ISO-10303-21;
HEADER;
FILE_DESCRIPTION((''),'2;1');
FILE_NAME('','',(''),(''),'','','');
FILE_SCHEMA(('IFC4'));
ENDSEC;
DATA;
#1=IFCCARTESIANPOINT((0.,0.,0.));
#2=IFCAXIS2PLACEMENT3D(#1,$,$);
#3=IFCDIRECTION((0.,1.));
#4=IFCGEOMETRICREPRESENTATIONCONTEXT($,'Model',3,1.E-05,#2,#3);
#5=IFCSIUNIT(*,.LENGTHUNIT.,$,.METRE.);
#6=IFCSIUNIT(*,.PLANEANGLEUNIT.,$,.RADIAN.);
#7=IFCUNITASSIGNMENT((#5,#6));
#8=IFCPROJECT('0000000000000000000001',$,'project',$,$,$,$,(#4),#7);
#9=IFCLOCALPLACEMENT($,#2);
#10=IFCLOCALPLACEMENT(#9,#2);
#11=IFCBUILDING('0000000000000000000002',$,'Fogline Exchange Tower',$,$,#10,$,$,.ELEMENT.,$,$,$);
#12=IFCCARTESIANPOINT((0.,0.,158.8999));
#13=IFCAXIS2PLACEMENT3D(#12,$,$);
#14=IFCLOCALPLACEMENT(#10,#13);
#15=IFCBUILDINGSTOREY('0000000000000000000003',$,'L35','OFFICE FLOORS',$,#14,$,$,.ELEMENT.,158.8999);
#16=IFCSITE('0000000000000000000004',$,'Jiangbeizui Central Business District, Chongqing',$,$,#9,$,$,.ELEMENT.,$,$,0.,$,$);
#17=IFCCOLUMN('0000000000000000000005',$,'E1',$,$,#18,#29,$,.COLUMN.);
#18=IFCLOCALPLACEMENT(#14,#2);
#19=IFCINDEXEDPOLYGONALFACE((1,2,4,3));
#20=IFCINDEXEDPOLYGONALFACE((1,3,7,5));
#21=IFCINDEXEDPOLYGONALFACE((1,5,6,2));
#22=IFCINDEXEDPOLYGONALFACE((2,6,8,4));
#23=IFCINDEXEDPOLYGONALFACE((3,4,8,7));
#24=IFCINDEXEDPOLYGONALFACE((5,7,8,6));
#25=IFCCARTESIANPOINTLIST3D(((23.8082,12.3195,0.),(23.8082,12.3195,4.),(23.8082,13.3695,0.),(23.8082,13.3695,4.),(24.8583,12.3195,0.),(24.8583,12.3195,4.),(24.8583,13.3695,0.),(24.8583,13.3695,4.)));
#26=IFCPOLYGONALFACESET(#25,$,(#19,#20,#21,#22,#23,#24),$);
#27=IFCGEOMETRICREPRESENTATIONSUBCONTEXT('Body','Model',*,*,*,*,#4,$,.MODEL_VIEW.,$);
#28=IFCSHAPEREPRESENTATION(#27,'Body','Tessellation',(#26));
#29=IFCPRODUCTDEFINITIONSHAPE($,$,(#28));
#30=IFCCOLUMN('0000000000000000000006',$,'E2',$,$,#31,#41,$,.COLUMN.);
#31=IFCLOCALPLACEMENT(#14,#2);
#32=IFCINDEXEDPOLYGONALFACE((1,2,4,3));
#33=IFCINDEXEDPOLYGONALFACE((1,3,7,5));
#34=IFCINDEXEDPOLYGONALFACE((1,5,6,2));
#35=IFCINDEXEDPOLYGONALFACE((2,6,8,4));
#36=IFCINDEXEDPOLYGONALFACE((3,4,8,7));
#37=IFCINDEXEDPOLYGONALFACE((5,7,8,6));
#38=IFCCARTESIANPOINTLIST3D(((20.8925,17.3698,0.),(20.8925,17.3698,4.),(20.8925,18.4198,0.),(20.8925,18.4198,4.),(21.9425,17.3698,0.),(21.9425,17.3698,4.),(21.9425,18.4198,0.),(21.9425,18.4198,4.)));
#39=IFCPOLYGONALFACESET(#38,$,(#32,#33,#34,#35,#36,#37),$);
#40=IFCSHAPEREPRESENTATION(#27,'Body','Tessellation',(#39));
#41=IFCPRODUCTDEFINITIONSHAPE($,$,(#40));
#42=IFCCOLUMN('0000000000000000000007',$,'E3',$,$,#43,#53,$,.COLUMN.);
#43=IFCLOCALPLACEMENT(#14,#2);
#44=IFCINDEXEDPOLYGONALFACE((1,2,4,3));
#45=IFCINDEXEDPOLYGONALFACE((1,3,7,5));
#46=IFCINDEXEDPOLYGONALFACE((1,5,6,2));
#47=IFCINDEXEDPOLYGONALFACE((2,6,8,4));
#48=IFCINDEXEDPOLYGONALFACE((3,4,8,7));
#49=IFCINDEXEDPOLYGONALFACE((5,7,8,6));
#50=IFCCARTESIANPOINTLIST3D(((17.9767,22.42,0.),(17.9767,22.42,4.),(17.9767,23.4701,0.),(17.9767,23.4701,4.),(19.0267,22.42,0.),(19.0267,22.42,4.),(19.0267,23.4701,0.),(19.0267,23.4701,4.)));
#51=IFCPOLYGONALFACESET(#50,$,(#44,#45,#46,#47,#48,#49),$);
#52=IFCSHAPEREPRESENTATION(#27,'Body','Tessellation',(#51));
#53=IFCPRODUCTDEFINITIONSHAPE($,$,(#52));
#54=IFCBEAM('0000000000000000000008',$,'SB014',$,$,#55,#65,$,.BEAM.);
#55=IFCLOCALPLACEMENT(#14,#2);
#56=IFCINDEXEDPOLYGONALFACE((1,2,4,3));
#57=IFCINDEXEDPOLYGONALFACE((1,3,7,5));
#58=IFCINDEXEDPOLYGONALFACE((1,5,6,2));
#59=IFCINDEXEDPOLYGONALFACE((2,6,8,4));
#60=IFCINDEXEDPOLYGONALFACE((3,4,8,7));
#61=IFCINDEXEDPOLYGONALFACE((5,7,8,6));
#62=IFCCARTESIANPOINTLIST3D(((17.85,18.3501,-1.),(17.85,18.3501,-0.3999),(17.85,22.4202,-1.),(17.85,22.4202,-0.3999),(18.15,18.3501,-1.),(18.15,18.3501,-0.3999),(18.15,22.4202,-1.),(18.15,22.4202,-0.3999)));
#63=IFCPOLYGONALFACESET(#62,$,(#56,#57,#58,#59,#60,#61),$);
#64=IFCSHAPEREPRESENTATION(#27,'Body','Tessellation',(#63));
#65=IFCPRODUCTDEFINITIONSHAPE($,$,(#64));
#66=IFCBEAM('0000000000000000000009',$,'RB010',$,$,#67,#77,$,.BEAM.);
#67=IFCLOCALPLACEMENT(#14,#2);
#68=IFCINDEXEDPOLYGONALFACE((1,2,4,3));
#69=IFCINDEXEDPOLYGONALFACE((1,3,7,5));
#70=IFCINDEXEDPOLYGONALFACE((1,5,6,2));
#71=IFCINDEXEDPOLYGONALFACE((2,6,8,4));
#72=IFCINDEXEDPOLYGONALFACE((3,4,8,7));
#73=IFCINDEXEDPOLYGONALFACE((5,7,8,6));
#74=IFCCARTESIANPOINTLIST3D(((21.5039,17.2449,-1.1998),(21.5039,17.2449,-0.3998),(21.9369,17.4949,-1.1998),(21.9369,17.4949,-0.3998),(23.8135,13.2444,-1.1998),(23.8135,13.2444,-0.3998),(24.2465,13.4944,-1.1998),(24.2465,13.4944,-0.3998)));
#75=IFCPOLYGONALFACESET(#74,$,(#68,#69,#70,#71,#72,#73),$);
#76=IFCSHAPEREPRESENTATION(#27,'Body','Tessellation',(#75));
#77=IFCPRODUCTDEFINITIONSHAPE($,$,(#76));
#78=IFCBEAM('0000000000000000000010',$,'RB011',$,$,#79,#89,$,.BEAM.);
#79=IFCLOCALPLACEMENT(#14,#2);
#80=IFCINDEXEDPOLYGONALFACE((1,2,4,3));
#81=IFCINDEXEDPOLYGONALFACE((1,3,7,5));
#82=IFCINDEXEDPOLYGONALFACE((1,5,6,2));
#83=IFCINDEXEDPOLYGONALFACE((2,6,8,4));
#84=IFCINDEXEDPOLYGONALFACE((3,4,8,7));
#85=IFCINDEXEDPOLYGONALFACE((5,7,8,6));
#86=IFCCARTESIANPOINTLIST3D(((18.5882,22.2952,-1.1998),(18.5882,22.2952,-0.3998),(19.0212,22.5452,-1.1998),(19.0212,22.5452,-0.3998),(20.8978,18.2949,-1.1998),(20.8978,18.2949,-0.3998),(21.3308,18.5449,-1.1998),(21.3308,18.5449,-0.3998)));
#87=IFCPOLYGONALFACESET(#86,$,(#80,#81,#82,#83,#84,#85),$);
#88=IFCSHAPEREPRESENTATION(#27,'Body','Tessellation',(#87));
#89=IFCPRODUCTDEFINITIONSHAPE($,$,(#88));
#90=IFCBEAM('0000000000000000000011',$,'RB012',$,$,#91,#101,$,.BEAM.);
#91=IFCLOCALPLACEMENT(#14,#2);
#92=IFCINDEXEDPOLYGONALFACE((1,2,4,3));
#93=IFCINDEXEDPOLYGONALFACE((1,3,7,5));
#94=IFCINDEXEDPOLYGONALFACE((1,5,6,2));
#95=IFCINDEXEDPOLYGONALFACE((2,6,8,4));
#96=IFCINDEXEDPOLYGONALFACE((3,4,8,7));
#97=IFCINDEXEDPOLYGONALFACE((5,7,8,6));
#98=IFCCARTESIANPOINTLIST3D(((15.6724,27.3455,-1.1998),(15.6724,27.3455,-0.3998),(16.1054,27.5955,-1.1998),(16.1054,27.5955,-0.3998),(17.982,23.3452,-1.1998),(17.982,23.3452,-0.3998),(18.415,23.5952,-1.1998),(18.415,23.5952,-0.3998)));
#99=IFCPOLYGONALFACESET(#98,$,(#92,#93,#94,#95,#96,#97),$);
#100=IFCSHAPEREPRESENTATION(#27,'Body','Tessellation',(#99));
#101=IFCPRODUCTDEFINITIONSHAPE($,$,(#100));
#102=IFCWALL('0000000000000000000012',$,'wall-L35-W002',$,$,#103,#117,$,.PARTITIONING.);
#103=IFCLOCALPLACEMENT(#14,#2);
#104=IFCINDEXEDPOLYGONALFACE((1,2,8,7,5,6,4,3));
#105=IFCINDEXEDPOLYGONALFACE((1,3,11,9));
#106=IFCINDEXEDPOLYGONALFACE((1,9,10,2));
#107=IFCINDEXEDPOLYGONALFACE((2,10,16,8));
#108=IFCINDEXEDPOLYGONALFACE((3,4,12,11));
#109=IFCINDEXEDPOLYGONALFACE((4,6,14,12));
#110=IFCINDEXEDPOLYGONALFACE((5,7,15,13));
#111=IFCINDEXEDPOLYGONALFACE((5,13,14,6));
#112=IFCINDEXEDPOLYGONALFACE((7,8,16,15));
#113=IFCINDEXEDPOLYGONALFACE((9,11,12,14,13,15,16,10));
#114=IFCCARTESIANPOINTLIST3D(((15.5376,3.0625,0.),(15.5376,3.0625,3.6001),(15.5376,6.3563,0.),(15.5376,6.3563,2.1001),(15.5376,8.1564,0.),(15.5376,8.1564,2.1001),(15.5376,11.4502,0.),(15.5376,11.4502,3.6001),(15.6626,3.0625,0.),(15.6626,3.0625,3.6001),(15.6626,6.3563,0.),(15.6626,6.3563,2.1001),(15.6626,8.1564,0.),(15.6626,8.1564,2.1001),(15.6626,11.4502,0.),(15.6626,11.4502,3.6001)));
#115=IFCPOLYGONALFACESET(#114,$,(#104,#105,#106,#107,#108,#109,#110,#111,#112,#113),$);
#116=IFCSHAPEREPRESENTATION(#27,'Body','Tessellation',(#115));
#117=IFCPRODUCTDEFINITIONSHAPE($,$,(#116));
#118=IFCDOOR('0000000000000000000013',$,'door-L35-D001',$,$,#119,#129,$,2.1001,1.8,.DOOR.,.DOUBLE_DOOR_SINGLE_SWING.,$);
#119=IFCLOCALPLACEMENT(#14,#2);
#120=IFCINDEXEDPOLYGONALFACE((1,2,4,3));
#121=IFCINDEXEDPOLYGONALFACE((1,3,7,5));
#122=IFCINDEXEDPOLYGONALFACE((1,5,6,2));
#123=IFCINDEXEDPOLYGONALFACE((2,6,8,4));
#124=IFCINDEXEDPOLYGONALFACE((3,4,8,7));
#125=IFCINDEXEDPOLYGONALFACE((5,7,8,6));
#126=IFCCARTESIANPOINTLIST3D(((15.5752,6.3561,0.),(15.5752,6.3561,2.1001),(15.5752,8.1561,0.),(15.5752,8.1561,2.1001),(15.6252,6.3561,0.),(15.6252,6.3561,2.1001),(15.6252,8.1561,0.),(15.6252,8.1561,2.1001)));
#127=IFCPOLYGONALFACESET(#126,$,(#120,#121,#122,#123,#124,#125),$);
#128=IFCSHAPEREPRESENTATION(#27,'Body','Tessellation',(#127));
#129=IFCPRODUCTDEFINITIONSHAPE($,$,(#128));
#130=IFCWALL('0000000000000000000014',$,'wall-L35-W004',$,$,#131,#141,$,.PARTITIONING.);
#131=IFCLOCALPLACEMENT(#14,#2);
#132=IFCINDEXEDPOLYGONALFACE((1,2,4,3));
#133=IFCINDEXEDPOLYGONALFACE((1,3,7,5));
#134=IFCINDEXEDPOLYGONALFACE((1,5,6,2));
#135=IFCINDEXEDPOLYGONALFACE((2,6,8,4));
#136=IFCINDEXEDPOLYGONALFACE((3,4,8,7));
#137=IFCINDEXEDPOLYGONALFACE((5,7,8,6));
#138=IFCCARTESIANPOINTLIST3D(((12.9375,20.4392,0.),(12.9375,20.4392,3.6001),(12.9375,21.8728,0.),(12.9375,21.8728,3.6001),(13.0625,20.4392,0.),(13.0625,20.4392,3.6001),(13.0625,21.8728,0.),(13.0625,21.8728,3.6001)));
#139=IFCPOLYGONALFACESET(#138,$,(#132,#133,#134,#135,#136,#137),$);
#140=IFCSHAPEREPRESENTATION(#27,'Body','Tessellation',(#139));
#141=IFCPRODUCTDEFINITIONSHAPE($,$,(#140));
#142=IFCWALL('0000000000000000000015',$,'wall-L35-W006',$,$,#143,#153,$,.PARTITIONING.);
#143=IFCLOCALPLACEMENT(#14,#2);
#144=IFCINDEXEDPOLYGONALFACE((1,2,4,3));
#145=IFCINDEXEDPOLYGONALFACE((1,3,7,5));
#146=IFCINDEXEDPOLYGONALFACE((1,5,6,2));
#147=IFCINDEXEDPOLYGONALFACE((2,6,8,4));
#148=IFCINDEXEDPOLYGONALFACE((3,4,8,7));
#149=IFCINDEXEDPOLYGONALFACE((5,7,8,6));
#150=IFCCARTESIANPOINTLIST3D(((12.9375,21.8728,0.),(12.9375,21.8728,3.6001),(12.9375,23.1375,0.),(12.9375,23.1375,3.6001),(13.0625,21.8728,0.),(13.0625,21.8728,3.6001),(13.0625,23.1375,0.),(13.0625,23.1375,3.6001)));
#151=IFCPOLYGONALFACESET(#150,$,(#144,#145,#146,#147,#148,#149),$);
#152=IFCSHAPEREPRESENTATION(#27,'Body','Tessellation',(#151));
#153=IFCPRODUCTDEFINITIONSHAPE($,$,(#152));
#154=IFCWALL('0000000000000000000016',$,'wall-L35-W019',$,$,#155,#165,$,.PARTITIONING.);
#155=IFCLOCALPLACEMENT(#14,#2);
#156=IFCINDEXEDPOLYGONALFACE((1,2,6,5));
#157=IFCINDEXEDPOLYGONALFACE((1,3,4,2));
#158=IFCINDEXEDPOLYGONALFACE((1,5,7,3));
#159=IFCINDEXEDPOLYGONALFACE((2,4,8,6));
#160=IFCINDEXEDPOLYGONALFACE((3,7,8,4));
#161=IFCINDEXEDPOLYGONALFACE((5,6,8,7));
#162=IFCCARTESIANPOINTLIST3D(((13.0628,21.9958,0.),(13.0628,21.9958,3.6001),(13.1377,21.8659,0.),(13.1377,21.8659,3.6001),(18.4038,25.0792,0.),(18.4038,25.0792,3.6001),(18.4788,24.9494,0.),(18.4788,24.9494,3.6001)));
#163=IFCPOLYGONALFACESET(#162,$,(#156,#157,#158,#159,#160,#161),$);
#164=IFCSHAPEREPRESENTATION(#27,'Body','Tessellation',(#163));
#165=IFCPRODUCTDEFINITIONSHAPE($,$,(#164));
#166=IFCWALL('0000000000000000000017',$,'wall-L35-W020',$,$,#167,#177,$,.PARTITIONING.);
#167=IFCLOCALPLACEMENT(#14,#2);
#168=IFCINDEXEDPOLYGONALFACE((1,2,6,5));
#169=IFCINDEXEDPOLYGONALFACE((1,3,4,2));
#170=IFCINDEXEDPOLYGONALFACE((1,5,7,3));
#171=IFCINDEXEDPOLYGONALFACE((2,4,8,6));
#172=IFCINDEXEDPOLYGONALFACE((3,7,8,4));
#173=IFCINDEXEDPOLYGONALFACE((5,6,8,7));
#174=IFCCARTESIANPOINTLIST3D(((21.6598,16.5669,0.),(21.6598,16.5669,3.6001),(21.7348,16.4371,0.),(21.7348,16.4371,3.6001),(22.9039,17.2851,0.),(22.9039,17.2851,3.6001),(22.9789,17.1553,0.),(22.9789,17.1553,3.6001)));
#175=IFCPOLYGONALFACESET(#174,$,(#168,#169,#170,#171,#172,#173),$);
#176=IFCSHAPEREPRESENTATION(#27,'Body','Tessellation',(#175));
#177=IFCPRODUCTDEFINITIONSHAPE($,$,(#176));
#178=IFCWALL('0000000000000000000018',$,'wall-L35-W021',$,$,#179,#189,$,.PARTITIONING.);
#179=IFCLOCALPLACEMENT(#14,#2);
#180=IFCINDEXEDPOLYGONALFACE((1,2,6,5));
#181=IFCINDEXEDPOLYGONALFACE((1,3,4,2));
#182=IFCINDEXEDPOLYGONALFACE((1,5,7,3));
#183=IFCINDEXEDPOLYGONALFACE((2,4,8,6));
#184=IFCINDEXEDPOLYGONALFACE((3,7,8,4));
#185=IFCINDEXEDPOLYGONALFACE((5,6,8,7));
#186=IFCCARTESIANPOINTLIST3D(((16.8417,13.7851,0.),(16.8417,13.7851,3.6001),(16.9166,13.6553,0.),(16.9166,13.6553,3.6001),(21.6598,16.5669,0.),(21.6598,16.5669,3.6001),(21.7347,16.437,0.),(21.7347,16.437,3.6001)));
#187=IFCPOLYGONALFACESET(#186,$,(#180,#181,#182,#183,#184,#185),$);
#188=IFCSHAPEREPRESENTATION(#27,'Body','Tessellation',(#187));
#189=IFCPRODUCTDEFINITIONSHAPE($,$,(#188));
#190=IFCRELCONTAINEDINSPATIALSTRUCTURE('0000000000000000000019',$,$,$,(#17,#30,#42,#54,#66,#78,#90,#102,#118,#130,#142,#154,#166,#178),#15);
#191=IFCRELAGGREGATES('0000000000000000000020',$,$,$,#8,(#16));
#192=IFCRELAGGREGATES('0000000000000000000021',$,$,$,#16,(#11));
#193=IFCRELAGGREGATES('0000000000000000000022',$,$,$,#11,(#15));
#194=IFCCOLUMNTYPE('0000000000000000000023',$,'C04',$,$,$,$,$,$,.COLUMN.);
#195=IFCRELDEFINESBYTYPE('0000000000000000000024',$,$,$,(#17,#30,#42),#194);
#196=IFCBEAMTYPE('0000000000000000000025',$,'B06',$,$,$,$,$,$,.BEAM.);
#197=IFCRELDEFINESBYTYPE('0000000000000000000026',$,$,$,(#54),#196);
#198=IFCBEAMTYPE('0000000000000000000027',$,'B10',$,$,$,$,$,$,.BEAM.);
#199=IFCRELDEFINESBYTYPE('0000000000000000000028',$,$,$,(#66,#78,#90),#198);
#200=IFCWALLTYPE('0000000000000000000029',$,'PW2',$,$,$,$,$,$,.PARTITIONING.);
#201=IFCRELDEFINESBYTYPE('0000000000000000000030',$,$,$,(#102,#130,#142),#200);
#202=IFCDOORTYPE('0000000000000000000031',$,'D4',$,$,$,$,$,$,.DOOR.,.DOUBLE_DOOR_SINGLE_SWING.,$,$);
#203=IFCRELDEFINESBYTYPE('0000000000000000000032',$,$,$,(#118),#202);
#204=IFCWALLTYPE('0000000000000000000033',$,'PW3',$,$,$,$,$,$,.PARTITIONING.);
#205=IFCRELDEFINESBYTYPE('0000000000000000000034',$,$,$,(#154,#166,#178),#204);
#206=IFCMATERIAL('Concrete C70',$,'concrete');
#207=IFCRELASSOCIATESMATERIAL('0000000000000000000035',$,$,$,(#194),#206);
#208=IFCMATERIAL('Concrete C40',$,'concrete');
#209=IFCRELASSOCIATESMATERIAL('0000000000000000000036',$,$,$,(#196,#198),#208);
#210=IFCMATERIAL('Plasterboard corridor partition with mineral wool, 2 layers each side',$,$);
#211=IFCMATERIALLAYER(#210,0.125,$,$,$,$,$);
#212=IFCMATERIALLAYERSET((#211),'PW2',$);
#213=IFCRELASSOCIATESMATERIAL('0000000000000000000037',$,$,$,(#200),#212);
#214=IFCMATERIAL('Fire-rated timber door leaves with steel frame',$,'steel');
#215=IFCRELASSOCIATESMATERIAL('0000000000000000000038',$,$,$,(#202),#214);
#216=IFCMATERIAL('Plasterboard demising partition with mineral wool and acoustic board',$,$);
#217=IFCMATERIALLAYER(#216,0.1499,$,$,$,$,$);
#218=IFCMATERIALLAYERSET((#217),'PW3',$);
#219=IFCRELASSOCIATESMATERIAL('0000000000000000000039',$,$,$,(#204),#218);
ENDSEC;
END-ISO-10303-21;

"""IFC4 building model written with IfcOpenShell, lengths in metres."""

from ifc_helpers import new_model, si_unit, direction, frame, frame_2d, origin, origin_2d, place, context, subcontext, project, spatial, rectangle, extrude, material, layer, layer_set, material_profile, profile_set, type_object, element, fill, save


model = new_model("IFC4")

# Units and contexts
model_context = context("Model", 3, precision=1e-05, world=origin(), true_north=direction((0.0, 1.0)))
body_context = subcontext(model_context, "Body", "Model", "MODEL_VIEW")
ifc_project = project(units=[si_unit("LENGTHUNIT", "METRE"), si_unit("PLANEANGLEUNIT", "RADIAN")], contexts=[model_context])

# Site, building, storey
site_placement = place(None, origin())
site = spatial("IfcSite", under=ifc_project, at=site_placement, Name="Jiangbeizui Central Business District, Chongqing", CompositionType="ELEMENT", RefElevation=0.0)
building_placement = place(site_placement, origin())
building = spatial("IfcBuilding", under=site, at=building_placement, Name="Fogline Exchange Tower", CompositionType="ELEMENT")
storey_placement = place(building_placement, frame((0.0, 0.0, 158.8999)))
storey = spatial("IfcBuildingStorey", under=building, at=storey_placement, Name="L35", Description="OFFICE FLOORS", CompositionType="ELEMENT", Elevation=158.8999)

# Columns
ifc_material_1 = material(Name="Concrete C70", Category="concrete")
ifc_material_profile_1 = material_profile(ifc_material_1, rectangle(XDim=1.05, YDim=1.05, at=origin_2d()), Name="RC 1050x1050")
ifc_profile_set_1 = profile_set([ifc_material_profile_1], Name="Concrete C70")
column_type = type_object("IfcColumnType", Name="C04", PredefinedType="COLUMN", material=ifc_profile_set_1)
for number, where, z_axis, x_axis, name in (
    (1, (24.3333, 12.8445, 0.0), (0.0, 0.0, 1.0), (1.0, 0.0, 0.0), "E1"),
    (2, (21.4175, 17.8948, 0.0), (0.0, 0.0, 1.0), (1.0, 0.0, 0.0), "E2"),
    (3, (18.5017, 22.9451, 0.0), (0.0, 0.0, 1.0), (1.0, 0.0, 0.0), "E3"),
):
    element("IfcColumn", number, at=place(storey_placement, frame(where, z_axis=z_axis, x_axis=x_axis)), inside=storey, type_object=column_type, Name=name, PredefinedType="COLUMN", context=body_context, shape_type="SweptSolid", body=[
        extrude(rectangle(XDim=1.05, YDim=1.05, at=origin_2d()), origin(), (0.0, 0.0, 1.0), 4.0),
    ])

# Beams
ifc_material_2 = material(Name="Concrete C40", Category="concrete")
ifc_material_profile_2 = material_profile(ifc_material_2, rectangle(XDim=0.3, YDim=0.6001, at=origin_2d()), Name="RC 300x600")
ifc_profile_set_2 = profile_set([ifc_material_profile_2], Name="Concrete C40")
beam_type_1 = type_object("IfcBeamType", Name="B06", PredefinedType="BEAM", material=ifc_profile_set_2)
beam_1_placement = place(storey_placement, frame((18.0, 18.3501, -0.7), z_axis=(0.0, 1.0, 0.0), x_axis=(-1.0, 0.0, 0.0)))
element("IfcBeam", 4, at=beam_1_placement, inside=storey, type_object=beam_type_1, Name="SB014", PredefinedType="BEAM", context=body_context, shape_type="SweptSolid", body=[
    extrude(rectangle(XDim=0.3, YDim=0.6001, at=origin_2d()), origin(), (0.0, 0.0, 1.0), 4.0701),
])
ifc_material_profile_3 = material_profile(ifc_material_2, rectangle(XDim=0.5, YDim=0.8, at=origin_2d()), Name="RC 500x800")
ifc_profile_set_3 = profile_set([ifc_material_profile_3], Name="Concrete C40")
beam_type_2 = type_object("IfcBeamType", Name="B10", PredefinedType="BEAM", material=ifc_profile_set_3)
beam_2_placement = place(storey_placement, frame((24.03, 13.3694, -0.7998), z_axis=(-0.499982, 0.866036, 0.0), x_axis=(-0.866036, -0.499982, 0.0)))
element("IfcBeam", 5, at=beam_2_placement, inside=storey, type_object=beam_type_2, Name="RB010", PredefinedType="BEAM", context=body_context, shape_type="SweptSolid", body=[
    extrude(rectangle(XDim=0.5, YDim=0.8, at=origin_2d()), origin(), (0.0, 0.0, 1.0), 4.6194),
])
for number, where, z_axis, x_axis, name in (
    (6, (21.1143, 18.4199, -0.7998), (-0.500005, 0.866023, 0.0), (-0.866023, -0.500005, 0.0), "RB011"),
    (7, (18.1985, 23.4702, -0.7998), (-0.500005, 0.866023, 0.0), (-0.866023, -0.500005, 0.0), "RB012"),
):
    element("IfcBeam", number, at=place(storey_placement, frame(where, z_axis=z_axis, x_axis=x_axis)), inside=storey, type_object=beam_type_2, Name=name, PredefinedType="BEAM", context=body_context, shape_type="SweptSolid", body=[
        extrude(rectangle(XDim=0.5, YDim=0.8, at=origin_2d()), origin(), (0.0, 0.0, 1.0), 4.6191),
    ])

# Wall, opening, door
ifc_material_3 = material(Name="Plasterboard corridor partition with mineral wool, 2 layers each side")
ifc_layer_1 = layer(ifc_material_3, 0.125)
ifc_layer_set_1 = layer_set([ifc_layer_1], Name="PW2")
wall_type_1 = type_object("IfcWallType", Name="PW2", PredefinedType="PARTITIONING", material=ifc_layer_set_1)
wall_1_placement = place(storey_placement, frame((15.6001, 11.4502, 0.0), z_axis=(0.0, 0.0, 1.0), x_axis=(0.0, -1.0, 0.0)))
wall_1 = element("IfcWall", 8, at=wall_1_placement, inside=storey, type_object=wall_type_1, Name="wall-L35-W002", PredefinedType="PARTITIONING", context=body_context, shape_type="SweptSolid", body=[
    extrude(rectangle(XDim=8.3877, YDim=0.125, at=frame_2d((4.1938, 0.0))), origin(), (0.0, 0.0, 1.0), 3.6001),
])
opening_1_placement = place(wall_1_placement, frame((3.2939, 0.0, 0.0)))
opening_1 = element("IfcOpeningElement", 9, at=opening_1_placement, cuts=wall_1, PredefinedType="OPENING", context=body_context, shape_type="SweptSolid", body=[
    extrude(rectangle(XDim=1.8, YDim=2.1001, at=frame_2d((0.8999, 1.05))), frame((0.0, 0.0725, 0.0), z_axis=(0.0, -1.0, 0.0), x_axis=(1.0, 0.0, 0.0)), (0.0, 0.0, 1.0), 0.145),
])
ifc_material_4 = material(Name="Fire-rated timber door leaves with steel frame", Category="steel")
door_type_1 = type_object("IfcDoorType", Name="D4", OperationType="DOUBLE_DOOR_SINGLE_SWING", PredefinedType="DOOR", material=ifc_material_4)
door_1_placement = place(opening_1_placement, frame((1.8, 0.0, 0.0), z_axis=(0.0, 0.0, 1.0), x_axis=(-1.0, 0.0, 0.0)))
door_1 = element("IfcDoor", 10, at=door_1_placement, inside=storey, type_object=door_type_1, Name="door-L35-D001", OperationType="DOUBLE_DOOR_SINGLE_SWING", OverallHeight=2.1001, OverallWidth=1.8, PredefinedType="DOOR", context=body_context, shape_type="SweptSolid", body=[
    extrude(rectangle(XDim=1.8, YDim=2.1001, at=frame_2d((0.8999, 1.05))), frame((0.0, 0.0249, 0.0), z_axis=(0.0, -1.0, 0.0), x_axis=(1.0, 0.0, 0.0)), (0.0, 0.0, 1.0), 0.05),
])
fill(opening_1, door_1)

# Walls
wall_2_placement = place(storey_placement, frame((13.0, 21.8728, 0.0), z_axis=(0.0, 0.0, 1.0), x_axis=(0.0, -1.0, 0.0)))
element("IfcWall", 11, at=wall_2_placement, inside=storey, type_object=wall_type_1, Name="wall-L35-W004", PredefinedType="PARTITIONING", context=body_context, shape_type="SweptSolid", body=[
    extrude(rectangle(XDim=1.4336, YDim=0.125, at=frame_2d((0.7168, 0.0))), origin(), (0.0, 0.0, 1.0), 3.6001),
])
wall_3_placement = place(storey_placement, frame((13.0, 23.1375, 0.0), z_axis=(0.0, 0.0, 1.0), x_axis=(0.0, -1.0, 0.0)))
element("IfcWall", 12, at=wall_3_placement, inside=storey, type_object=wall_type_1, Name="wall-L35-W006", PredefinedType="PARTITIONING", context=body_context, shape_type="SweptSolid", body=[
    extrude(rectangle(XDim=1.2646, YDim=0.125, at=frame_2d((0.6323, 0.0))), origin(), (0.0, 0.0, 1.0), 3.6001),
])
ifc_material_5 = material(Name="Plasterboard demising partition with mineral wool and acoustic board")
ifc_layer_2 = layer(ifc_material_5, 0.1499)
ifc_layer_set_2 = layer_set([ifc_layer_2], Name="PW3")
wall_type_2 = type_object("IfcWallType", Name="PW3", PredefinedType="PARTITIONING", material=ifc_layer_set_2)
wall_4_placement = place(storey_placement, frame((13.1003, 21.9309, 0.0), z_axis=(0.0, 0.0, 1.0), x_axis=(0.866037, 0.499979, 0.0)))
element("IfcWall", 13, at=wall_4_placement, inside=storey, type_object=wall_type_2, Name="wall-L35-W019", PredefinedType="PARTITIONING", context=body_context, shape_type="SweptSolid", body=[
    extrude(rectangle(XDim=6.1672, YDim=0.1499, at=frame_2d((3.0835, 0.0))), origin(), (0.0, 0.0, 1.0), 3.6001),
])
wall_5_placement = place(storey_placement, frame((22.9414, 17.2202, 0.0), z_axis=(0.0, 0.0, 1.0), x_axis=(-0.866038, -0.499977, 0.0)))
element("IfcWall", 14, at=wall_5_placement, inside=storey, type_object=wall_type_2, Name="wall-L35-W020", PredefinedType="PARTITIONING", context=body_context, shape_type="SweptSolid", body=[
    extrude(rectangle(XDim=1.4365, YDim=0.1499, at=frame_2d((0.7183, 0.0))), origin(), (0.0, 0.0, 1.0), 3.6001),
])
wall_6_placement = place(storey_placement, frame((21.6973, 16.502, 0.0), z_axis=(0.0, 0.0, 1.0), x_axis=(-0.866026, -0.5, 0.0)))
element("IfcWall", 15, at=wall_6_placement, inside=storey, type_object=wall_type_2, Name="wall-L35-W021", PredefinedType="PARTITIONING", context=body_context, shape_type="SweptSolid", body=[
    extrude(rectangle(XDim=5.5635, YDim=0.1499, at=frame_2d((2.7817, 0.0))), origin(), (0.0, 0.0, 1.0), 3.6001),
])

save(model, "model.ifc")
